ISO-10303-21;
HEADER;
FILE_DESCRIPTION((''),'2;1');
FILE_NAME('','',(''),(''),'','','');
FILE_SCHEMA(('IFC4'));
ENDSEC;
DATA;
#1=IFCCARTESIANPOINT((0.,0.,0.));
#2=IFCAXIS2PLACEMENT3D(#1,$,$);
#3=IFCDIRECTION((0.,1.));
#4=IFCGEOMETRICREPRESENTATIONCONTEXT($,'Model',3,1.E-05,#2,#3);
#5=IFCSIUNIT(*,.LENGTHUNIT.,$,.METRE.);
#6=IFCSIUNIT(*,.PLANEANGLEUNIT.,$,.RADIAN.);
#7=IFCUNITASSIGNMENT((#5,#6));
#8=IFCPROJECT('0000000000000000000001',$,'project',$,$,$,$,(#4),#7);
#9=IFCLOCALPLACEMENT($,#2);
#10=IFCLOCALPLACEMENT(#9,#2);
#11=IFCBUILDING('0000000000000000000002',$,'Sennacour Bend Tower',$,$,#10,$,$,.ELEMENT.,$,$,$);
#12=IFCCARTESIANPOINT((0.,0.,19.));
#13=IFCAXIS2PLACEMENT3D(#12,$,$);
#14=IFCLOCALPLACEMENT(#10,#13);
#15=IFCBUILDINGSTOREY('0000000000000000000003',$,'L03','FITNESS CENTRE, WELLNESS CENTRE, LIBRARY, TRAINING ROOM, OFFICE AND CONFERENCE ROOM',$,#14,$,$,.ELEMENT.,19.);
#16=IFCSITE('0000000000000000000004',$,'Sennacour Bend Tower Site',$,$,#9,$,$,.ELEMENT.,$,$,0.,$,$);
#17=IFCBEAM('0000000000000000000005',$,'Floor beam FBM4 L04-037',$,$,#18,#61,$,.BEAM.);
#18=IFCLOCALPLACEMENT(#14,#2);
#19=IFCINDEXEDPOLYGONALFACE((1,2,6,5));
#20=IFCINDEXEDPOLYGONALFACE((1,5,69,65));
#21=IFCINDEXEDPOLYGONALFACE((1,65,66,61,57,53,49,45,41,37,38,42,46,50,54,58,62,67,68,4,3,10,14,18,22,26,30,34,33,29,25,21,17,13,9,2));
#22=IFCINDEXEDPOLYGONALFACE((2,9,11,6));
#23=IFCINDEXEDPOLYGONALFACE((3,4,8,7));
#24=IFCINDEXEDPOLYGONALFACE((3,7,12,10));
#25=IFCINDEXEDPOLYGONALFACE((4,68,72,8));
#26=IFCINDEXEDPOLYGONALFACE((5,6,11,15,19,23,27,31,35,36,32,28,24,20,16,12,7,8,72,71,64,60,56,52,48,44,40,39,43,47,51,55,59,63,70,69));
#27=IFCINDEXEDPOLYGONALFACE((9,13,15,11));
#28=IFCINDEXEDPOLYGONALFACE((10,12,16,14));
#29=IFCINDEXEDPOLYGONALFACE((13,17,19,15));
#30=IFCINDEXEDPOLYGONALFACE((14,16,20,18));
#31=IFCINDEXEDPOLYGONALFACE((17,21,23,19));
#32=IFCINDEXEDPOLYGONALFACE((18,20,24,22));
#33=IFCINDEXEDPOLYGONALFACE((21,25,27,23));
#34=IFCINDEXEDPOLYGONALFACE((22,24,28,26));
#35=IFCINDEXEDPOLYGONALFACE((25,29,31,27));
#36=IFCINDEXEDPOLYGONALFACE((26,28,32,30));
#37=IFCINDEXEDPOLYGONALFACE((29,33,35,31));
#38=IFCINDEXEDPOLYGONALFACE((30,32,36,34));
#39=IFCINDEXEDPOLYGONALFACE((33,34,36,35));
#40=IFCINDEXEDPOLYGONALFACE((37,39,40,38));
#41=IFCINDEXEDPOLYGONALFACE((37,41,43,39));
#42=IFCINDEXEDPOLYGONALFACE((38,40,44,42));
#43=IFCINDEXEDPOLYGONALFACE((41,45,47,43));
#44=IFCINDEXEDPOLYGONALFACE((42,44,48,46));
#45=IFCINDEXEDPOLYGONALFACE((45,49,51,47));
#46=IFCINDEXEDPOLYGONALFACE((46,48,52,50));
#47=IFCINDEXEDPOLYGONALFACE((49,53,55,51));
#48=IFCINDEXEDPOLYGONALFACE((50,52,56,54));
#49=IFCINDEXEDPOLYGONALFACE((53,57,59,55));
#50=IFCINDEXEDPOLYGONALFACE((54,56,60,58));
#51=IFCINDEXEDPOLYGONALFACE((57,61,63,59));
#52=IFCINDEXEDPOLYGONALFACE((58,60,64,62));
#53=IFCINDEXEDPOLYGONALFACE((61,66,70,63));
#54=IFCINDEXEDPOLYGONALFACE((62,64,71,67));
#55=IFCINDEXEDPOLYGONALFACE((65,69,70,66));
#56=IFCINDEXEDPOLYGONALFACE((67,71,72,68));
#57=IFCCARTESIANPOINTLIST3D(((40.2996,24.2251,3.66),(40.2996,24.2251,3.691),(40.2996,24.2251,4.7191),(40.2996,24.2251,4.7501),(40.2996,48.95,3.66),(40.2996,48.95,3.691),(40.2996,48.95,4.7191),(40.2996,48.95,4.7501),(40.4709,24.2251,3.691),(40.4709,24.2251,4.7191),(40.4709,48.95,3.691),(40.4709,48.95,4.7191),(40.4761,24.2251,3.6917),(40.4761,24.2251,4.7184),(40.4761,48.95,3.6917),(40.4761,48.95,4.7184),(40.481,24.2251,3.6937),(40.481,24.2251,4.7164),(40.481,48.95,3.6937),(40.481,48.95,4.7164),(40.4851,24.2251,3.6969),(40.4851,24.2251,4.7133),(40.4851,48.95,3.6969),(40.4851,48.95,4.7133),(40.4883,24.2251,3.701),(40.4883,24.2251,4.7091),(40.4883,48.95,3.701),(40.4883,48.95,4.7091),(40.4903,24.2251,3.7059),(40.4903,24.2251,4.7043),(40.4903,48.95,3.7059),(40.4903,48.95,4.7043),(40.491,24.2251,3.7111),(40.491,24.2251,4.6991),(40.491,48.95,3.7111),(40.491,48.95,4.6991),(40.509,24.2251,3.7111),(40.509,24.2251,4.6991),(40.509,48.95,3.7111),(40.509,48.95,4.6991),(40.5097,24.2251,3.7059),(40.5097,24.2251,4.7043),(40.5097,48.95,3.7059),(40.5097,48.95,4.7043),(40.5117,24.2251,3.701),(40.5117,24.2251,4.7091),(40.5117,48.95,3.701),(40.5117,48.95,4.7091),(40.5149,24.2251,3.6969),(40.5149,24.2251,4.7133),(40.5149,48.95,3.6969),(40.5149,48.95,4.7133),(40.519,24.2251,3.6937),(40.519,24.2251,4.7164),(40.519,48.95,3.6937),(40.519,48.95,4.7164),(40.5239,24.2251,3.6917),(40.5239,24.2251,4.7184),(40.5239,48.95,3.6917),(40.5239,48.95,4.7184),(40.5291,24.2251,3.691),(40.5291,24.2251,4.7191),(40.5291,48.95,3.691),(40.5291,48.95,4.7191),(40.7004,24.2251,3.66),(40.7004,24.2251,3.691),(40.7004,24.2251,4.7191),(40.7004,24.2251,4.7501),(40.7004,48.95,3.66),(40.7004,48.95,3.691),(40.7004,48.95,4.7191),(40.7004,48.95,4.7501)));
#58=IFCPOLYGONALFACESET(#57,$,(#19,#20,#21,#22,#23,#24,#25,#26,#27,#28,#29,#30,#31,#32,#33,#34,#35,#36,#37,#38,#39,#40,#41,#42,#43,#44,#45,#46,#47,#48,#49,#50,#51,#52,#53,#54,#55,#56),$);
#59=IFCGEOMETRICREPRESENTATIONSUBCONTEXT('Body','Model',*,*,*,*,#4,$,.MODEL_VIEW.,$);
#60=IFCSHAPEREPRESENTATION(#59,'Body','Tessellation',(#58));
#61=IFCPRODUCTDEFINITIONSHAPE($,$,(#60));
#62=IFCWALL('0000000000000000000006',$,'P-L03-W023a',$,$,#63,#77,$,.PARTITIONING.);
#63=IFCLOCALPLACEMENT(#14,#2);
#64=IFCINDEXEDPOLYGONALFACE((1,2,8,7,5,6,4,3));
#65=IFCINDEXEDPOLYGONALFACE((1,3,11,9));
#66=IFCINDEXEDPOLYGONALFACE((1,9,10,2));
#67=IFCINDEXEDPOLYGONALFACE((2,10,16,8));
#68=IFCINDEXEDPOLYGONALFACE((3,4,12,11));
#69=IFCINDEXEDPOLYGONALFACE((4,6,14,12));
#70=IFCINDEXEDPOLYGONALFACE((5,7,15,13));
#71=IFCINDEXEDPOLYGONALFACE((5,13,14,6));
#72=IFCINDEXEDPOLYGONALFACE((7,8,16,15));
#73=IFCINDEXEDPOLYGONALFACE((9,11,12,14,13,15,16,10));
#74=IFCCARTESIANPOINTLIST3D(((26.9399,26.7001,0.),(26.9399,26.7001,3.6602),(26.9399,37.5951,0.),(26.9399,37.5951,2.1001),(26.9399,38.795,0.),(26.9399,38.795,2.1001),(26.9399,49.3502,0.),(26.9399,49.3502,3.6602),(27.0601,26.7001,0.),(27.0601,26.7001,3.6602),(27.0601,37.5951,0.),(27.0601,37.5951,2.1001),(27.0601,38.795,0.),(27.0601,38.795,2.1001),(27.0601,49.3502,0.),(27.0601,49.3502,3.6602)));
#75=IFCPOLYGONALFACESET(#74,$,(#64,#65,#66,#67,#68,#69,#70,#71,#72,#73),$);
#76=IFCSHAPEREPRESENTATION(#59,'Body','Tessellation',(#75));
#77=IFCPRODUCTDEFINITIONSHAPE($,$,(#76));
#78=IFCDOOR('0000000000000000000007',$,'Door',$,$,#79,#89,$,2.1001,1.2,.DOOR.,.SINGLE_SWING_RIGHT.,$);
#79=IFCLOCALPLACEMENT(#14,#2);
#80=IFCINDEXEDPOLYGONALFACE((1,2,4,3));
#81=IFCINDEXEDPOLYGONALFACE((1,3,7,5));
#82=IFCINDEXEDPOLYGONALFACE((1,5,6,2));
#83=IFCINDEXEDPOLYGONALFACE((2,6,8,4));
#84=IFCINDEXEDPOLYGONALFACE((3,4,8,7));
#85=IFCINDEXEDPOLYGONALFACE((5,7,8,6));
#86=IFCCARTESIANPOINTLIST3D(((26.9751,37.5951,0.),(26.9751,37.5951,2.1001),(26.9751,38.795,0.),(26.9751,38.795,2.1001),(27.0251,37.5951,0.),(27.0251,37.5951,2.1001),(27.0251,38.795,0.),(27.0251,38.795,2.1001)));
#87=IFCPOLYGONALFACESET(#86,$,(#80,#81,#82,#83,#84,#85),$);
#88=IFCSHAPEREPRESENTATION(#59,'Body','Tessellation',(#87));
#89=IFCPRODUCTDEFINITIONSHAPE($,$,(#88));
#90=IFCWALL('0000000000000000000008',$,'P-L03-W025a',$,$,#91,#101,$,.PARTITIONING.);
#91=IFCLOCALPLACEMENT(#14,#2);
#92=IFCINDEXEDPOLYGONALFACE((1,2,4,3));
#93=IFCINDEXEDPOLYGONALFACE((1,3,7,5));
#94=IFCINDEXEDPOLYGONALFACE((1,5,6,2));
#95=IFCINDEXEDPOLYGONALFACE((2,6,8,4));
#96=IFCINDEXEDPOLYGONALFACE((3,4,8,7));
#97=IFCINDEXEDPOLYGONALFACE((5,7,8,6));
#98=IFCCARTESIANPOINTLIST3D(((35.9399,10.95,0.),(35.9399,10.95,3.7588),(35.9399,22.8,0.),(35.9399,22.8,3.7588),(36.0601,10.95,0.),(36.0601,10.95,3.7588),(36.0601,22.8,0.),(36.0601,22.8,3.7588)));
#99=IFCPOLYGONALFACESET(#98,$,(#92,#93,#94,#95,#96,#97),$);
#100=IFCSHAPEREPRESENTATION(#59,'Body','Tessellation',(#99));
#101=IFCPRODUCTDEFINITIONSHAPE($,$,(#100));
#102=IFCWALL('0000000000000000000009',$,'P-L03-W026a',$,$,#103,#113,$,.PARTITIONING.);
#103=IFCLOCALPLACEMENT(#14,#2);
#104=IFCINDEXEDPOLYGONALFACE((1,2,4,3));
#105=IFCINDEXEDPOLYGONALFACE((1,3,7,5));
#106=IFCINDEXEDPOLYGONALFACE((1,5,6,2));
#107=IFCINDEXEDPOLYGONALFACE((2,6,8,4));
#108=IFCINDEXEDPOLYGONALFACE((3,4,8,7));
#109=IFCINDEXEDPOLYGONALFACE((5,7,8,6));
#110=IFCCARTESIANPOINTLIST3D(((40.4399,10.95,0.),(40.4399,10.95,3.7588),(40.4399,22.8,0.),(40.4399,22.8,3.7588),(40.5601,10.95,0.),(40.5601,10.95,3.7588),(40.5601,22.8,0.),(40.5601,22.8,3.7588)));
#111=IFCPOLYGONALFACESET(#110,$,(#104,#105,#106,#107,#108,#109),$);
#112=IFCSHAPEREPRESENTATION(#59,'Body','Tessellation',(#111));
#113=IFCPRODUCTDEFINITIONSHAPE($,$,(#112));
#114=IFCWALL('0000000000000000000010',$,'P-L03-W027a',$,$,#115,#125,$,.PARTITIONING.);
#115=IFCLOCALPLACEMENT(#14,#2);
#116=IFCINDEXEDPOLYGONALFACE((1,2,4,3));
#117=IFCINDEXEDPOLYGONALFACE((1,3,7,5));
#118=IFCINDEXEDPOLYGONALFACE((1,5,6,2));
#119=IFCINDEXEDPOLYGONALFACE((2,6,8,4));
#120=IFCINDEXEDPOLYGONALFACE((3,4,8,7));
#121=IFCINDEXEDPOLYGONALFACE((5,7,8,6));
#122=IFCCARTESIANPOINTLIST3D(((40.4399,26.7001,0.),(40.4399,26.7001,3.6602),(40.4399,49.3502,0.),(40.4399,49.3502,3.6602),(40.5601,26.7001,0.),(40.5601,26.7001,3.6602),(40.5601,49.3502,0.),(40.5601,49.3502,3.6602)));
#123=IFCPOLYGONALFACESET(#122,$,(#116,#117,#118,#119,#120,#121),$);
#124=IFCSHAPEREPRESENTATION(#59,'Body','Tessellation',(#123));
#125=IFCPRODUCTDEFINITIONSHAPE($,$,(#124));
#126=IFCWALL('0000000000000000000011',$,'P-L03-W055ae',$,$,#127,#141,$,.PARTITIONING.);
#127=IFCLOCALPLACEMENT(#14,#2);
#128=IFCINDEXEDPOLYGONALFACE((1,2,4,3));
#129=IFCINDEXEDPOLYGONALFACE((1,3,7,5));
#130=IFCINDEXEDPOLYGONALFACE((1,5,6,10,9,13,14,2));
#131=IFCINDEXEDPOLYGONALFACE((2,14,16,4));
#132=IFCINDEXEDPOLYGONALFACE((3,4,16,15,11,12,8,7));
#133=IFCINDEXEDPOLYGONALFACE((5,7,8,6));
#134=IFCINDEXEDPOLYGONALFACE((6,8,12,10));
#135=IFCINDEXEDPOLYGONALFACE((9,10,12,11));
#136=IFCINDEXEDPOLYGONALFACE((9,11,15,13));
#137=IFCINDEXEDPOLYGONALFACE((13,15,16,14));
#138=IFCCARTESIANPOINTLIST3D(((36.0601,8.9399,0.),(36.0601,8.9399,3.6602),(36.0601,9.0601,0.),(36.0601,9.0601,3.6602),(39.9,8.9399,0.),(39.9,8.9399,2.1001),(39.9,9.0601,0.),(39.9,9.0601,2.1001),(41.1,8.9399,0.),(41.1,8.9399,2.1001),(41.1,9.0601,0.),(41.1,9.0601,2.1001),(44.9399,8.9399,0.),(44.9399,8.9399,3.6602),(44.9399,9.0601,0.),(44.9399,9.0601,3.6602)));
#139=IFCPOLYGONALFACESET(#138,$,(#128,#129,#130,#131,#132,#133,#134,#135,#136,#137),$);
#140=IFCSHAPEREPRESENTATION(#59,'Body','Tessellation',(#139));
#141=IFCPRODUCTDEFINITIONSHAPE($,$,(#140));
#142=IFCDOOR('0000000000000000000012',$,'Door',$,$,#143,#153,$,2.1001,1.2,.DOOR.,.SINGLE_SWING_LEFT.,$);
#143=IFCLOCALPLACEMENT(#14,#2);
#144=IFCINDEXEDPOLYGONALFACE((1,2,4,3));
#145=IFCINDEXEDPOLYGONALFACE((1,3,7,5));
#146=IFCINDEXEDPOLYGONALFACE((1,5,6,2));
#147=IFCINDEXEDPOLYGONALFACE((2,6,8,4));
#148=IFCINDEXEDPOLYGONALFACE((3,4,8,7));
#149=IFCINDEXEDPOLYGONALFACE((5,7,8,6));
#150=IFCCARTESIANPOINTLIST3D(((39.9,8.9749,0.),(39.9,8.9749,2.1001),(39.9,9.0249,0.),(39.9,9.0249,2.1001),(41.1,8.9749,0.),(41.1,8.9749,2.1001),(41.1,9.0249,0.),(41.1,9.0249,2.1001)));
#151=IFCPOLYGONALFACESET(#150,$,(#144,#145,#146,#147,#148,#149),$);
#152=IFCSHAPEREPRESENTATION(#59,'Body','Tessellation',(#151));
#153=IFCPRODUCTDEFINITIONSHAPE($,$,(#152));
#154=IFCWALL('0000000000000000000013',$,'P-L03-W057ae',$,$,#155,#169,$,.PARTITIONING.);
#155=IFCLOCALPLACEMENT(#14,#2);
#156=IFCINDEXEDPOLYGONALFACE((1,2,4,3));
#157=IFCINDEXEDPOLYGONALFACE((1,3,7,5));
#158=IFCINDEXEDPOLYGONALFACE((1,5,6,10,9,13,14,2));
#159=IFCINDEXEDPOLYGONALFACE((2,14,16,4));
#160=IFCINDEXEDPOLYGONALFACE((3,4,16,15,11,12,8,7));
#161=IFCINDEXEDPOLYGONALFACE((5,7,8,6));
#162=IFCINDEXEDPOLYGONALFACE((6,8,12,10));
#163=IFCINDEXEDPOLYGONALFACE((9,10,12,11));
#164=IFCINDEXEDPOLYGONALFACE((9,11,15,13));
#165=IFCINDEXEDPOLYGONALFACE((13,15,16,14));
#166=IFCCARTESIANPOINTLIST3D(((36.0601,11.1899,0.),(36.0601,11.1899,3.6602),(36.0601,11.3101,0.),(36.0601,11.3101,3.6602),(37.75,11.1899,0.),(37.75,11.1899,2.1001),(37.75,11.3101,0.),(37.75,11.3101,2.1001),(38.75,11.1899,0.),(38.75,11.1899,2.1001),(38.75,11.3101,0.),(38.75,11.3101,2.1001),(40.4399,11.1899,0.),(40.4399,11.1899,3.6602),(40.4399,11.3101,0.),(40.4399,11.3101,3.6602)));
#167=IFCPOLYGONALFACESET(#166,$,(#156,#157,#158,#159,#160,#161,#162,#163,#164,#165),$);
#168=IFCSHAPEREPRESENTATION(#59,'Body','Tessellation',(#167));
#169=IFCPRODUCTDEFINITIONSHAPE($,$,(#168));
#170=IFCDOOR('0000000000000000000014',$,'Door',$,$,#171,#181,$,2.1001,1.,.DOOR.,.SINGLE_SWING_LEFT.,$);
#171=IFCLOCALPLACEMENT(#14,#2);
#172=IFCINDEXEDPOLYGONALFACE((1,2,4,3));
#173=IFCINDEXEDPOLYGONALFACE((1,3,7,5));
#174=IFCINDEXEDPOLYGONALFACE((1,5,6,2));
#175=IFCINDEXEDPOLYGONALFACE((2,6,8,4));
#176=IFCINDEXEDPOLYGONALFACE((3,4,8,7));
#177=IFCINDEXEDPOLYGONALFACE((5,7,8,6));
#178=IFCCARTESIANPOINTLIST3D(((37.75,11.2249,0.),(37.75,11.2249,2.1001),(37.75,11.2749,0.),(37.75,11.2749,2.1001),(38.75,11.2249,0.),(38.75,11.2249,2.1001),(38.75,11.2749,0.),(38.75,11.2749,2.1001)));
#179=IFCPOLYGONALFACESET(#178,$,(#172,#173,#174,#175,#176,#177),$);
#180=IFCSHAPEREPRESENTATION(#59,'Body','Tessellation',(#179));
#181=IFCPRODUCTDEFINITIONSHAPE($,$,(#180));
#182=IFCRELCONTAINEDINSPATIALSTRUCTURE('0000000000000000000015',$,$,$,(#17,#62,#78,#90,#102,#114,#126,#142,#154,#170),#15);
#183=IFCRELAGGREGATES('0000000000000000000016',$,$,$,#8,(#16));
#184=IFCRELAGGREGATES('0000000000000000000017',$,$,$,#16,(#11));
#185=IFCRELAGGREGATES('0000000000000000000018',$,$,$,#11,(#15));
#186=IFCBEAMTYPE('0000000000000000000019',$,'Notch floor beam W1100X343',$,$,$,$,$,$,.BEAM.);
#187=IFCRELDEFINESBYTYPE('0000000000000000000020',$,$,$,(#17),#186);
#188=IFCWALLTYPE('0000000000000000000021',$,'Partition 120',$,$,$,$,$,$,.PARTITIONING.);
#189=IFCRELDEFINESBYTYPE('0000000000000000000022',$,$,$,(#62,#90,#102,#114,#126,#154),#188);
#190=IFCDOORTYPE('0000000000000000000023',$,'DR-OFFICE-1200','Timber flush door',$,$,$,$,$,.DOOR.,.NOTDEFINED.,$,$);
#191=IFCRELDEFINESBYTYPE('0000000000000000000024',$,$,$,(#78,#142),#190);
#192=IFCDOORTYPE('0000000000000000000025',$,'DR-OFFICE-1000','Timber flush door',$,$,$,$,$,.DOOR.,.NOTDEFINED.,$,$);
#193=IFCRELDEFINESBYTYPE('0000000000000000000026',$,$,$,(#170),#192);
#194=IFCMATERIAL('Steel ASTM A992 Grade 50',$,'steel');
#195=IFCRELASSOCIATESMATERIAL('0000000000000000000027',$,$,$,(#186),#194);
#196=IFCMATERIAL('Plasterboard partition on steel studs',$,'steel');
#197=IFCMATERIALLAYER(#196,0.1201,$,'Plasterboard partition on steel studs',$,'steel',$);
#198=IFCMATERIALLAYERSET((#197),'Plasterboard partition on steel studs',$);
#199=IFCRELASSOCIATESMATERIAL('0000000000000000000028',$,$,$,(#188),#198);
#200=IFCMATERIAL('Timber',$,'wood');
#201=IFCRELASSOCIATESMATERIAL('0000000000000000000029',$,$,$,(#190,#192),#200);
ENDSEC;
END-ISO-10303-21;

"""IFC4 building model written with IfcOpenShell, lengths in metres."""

from ifc_helpers import new_model, si_unit, direction, frame, frame_2d, origin, origin_2d, place, context, subcontext, project, spatial, rectangle, i_section, extrude, material, layer, layer_set, material_profile, profile_set, type_object, element, fill, save


model = new_model("IFC4")

# Units and contexts
model_context = context("Model", 3, precision=1e-05, world=origin(), true_north=direction((0.0, 1.0)))
body_context = subcontext(model_context, "Body", "Model", "MODEL_VIEW")
ifc_project = project(units=[si_unit("LENGTHUNIT", "METRE"), si_unit("PLANEANGLEUNIT", "RADIAN")], contexts=[model_context])

# Site, building, storey
site_placement = place(None, origin())
site = spatial("IfcSite", under=ifc_project, at=site_placement, Name="Sennacour Bend Tower Site", CompositionType="ELEMENT", RefElevation=0.0)
building_placement = place(site_placement, origin())
building = spatial("IfcBuilding", under=site, at=building_placement, Name="Sennacour Bend Tower", CompositionType="ELEMENT")
storey_placement = place(building_placement, frame((0.0, 0.0, 19.0)))
storey = spatial("IfcBuildingStorey", under=building, at=storey_placement, Name="L03", Description="FITNESS CENTRE, WELLNESS CENTRE, LIBRARY, TRAINING ROOM, OFFICE AND CONFERENCE ROOM", CompositionType="ELEMENT", Elevation=19.0)

# Beam
ifc_material_1 = material(Name="Steel ASTM A992 Grade 50", Category="steel")
ifc_material_profile_1 = material_profile(ifc_material_1, i_section(OverallWidth=0.4009, OverallDepth=1.0901, WebThickness=0.0181, FlangeThickness=0.031, FilletRadius=0.02, at=origin_2d()), Name="Steel ASTM A992 Grade 50", Category="steel")
ifc_profile_set_1 = profile_set([ifc_material_profile_1], Name="Steel ASTM A992 Grade 50")
beam_type_1 = type_object("IfcBeamType", Name="Notch floor beam W1100X343", PredefinedType="BEAM", material=ifc_profile_set_1)
beam_1_placement = place(storey_placement, frame((40.5, 24.2251, 4.2051), z_axis=(0.0, 1.0, 0.0), x_axis=(-1.0, 0.0, 0.0)))
element("IfcBeam", 1, at=beam_1_placement, inside=storey, type_object=beam_type_1, Name="Floor beam FBM4 L04-037", PredefinedType="BEAM", context=body_context, shape_type="SweptSolid", body=[
    extrude(i_section(OverallWidth=0.4009, OverallDepth=1.0901, WebThickness=0.0181, FlangeThickness=0.031, FilletRadius=0.02, at=origin_2d()), origin(), (0.0, 0.0, 1.0), 24.7249),
])

# Wall, opening, door
ifc_material_2 = material(Name="Plasterboard partition on steel studs", Category="steel")
ifc_layer = layer(ifc_material_2, 0.1201, Name="Plasterboard partition on steel studs", Category="steel")
ifc_layer_set = layer_set([ifc_layer], Name="Plasterboard partition on steel studs")
wall_type = type_object("IfcWallType", Name="Partition 120", PredefinedType="PARTITIONING", material=ifc_layer_set)
wall_1_placement = place(storey_placement, frame((27.0, 26.7, 0.0), z_axis=(0.0, 0.0, 1.0), x_axis=(0.0, 1.0, 0.0)))
wall_1 = element("IfcWall", 2, at=wall_1_placement, inside=storey, type_object=wall_type, Name="P-L03-W023a", PredefinedType="PARTITIONING", context=body_context, shape_type="SweptSolid", body=[
    extrude(rectangle(XDim=22.6501, YDim=0.1201, at=frame_2d((11.3252, 0.0))), origin(), (0.0, 0.0, 1.0), 3.6602),
])
opening_1_placement = place(wall_1_placement, frame((10.895, 0.0, 0.0)))
opening_1 = element("IfcOpeningElement", 3, at=opening_1_placement, cuts=wall_1, PredefinedType="OPENING", context=body_context, shape_type="SweptSolid", body=[
    extrude(rectangle(XDim=1.2, YDim=2.1001, at=frame_2d((0.6001, 1.05))), frame((0.0, 0.0701, 0.0), z_axis=(0.0, -1.0, 0.0), x_axis=(1.0, 0.0, 0.0)), (0.0, 0.0, 1.0), 0.1401),
])
ifc_material_3 = material(Name="Timber", Category="wood")
door_type_1 = type_object("IfcDoorType", Name="DR-OFFICE-1200", Description="Timber flush door", OperationType="NOTDEFINED", PredefinedType="DOOR", material=ifc_material_3)
door_1_placement = place(opening_1_placement, origin())
door_1 = element("IfcDoor", 4, at=door_1_placement, inside=storey, type_object=door_type_1, Name="Door", OperationType="SINGLE_SWING_RIGHT", OverallHeight=2.1001, OverallWidth=1.2, PredefinedType="DOOR", context=body_context, shape_type="SweptSolid", body=[
    extrude(rectangle(XDim=1.2, YDim=2.1001, at=frame_2d((0.6001, 1.05))), frame((0.0, 0.0249, 0.0), z_axis=(0.0, -1.0, 0.0), x_axis=(1.0, 0.0, 0.0)), (0.0, 0.0, 1.0), 0.05),
])
fill(opening_1, door_1)

# Walls
for number, where, z_axis, x_axis, name in (
    (5, (36.0, 10.95, 0.0), (0.0, 0.0, 1.0), (0.0, 1.0, 0.0), "P-L03-W025a"),
    (6, (40.5, 10.95, 0.0), (0.0, 0.0, 1.0), (0.0, 1.0, 0.0), "P-L03-W026a"),
):
    element("IfcWall", number, at=place(storey_placement, frame(where, z_axis=z_axis, x_axis=x_axis)), inside=storey, type_object=wall_type, Name=name, PredefinedType="PARTITIONING", context=body_context, shape_type="SweptSolid", body=[
        extrude(rectangle(XDim=11.8501, YDim=0.1201, at=frame_2d((5.925, 0.0))), origin(), (0.0, 0.0, 1.0), 3.7588),
    ])
wall_2_placement = place(storey_placement, frame((40.5, 26.7, 0.0), z_axis=(0.0, 0.0, 1.0), x_axis=(0.0, 1.0, 0.0)))
element("IfcWall", 7, at=wall_2_placement, inside=storey, type_object=wall_type, Name="P-L03-W027a", PredefinedType="PARTITIONING", context=body_context, shape_type="SweptSolid", body=[
    extrude(rectangle(XDim=22.6501, YDim=0.1201, at=frame_2d((11.3252, 0.0))), origin(), (0.0, 0.0, 1.0), 3.6602),
])

# Walls, openings, doors
wall_3_placement = place(storey_placement, frame((36.0601, 9.0, 0.0), z_axis=(0.0, 0.0, 1.0), x_axis=(1.0, 0.0, 0.0)))
wall_3 = element("IfcWall", 8, at=wall_3_placement, inside=storey, type_object=wall_type, Name="P-L03-W055ae", PredefinedType="PARTITIONING", context=body_context, shape_type="SweptSolid", body=[
    extrude(rectangle(XDim=8.8799, YDim=0.1201, at=frame_2d((4.4399, 0.0))), origin(), (0.0, 0.0, 1.0), 3.6602),
])
opening_2_placement = place(wall_3_placement, frame((3.8398, 0.0, 0.0)))
opening_2 = element("IfcOpeningElement", 9, at=opening_2_placement, cuts=wall_3, PredefinedType="OPENING", context=body_context, shape_type="SweptSolid", body=[
    extrude(rectangle(XDim=1.2, YDim=2.1001, at=frame_2d((0.6001, 1.05))), frame((0.0, 0.0701, 0.0), z_axis=(0.0, -1.0, 0.0), x_axis=(1.0, 0.0, 0.0)), (0.0, 0.0, 1.0), 0.1401),
])
door_2_placement = place(opening_2_placement, origin())
door_2 = element("IfcDoor", 10, at=door_2_placement, inside=storey, type_object=door_type_1, Name="Door", OperationType="SINGLE_SWING_LEFT", OverallHeight=2.1001, OverallWidth=1.2, PredefinedType="DOOR", context=body_context, shape_type="SweptSolid", body=[
    extrude(rectangle(XDim=1.2, YDim=2.1001, at=frame_2d((0.6001, 1.05))), frame((0.0, 0.0249, 0.0), z_axis=(0.0, -1.0, 0.0), x_axis=(1.0, 0.0, 0.0)), (0.0, 0.0, 1.0), 0.05),
])
fill(opening_2, door_2)
wall_4_placement = place(storey_placement, frame((36.0601, 11.25, 0.0), z_axis=(0.0, 0.0, 1.0), x_axis=(1.0, 0.0, 0.0)))
wall_4 = element("IfcWall", 11, at=wall_4_placement, inside=storey, type_object=wall_type, Name="P-L03-W057ae", PredefinedType="PARTITIONING", context=body_context, shape_type="SweptSolid", body=[
    extrude(rectangle(XDim=4.3799, YDim=0.1201, at=frame_2d((2.1899, 0.0))), origin(), (0.0, 0.0, 1.0), 3.6602),
])
opening_3_placement = place(wall_4_placement, frame((1.6899, 0.0, 0.0)))
opening_3 = element("IfcOpeningElement", 12, at=opening_3_placement, cuts=wall_4, PredefinedType="OPENING", context=body_context, shape_type="SweptSolid", body=[
    extrude(rectangle(XDim=1.0, YDim=2.1001, at=frame_2d((0.5, 1.05))), frame((0.0, 0.0701, 0.0), z_axis=(0.0, -1.0, 0.0), x_axis=(1.0, 0.0, 0.0)), (0.0, 0.0, 1.0), 0.1401),
])
door_type_2 = type_object("IfcDoorType", Name="DR-OFFICE-1000", Description="Timber flush door", OperationType="NOTDEFINED", PredefinedType="DOOR", material=ifc_material_3)
door_3_placement = place(opening_3_placement, origin())
door_3 = element("IfcDoor", 13, at=door_3_placement, inside=storey, type_object=door_type_2, Name="Door", OperationType="SINGLE_SWING_LEFT", OverallHeight=2.1001, OverallWidth=1.0, PredefinedType="DOOR", context=body_context, shape_type="SweptSolid", body=[
    extrude(rectangle(XDim=1.0, YDim=2.1001, at=frame_2d((0.5, 1.05))), frame((0.0, 0.0249, 0.0), z_axis=(0.0, -1.0, 0.0), x_axis=(1.0, 0.0, 0.0)), (0.0, 0.0, 1.0), 0.05),
])
fill(opening_3, door_3)

save(model, "model.ifc")
